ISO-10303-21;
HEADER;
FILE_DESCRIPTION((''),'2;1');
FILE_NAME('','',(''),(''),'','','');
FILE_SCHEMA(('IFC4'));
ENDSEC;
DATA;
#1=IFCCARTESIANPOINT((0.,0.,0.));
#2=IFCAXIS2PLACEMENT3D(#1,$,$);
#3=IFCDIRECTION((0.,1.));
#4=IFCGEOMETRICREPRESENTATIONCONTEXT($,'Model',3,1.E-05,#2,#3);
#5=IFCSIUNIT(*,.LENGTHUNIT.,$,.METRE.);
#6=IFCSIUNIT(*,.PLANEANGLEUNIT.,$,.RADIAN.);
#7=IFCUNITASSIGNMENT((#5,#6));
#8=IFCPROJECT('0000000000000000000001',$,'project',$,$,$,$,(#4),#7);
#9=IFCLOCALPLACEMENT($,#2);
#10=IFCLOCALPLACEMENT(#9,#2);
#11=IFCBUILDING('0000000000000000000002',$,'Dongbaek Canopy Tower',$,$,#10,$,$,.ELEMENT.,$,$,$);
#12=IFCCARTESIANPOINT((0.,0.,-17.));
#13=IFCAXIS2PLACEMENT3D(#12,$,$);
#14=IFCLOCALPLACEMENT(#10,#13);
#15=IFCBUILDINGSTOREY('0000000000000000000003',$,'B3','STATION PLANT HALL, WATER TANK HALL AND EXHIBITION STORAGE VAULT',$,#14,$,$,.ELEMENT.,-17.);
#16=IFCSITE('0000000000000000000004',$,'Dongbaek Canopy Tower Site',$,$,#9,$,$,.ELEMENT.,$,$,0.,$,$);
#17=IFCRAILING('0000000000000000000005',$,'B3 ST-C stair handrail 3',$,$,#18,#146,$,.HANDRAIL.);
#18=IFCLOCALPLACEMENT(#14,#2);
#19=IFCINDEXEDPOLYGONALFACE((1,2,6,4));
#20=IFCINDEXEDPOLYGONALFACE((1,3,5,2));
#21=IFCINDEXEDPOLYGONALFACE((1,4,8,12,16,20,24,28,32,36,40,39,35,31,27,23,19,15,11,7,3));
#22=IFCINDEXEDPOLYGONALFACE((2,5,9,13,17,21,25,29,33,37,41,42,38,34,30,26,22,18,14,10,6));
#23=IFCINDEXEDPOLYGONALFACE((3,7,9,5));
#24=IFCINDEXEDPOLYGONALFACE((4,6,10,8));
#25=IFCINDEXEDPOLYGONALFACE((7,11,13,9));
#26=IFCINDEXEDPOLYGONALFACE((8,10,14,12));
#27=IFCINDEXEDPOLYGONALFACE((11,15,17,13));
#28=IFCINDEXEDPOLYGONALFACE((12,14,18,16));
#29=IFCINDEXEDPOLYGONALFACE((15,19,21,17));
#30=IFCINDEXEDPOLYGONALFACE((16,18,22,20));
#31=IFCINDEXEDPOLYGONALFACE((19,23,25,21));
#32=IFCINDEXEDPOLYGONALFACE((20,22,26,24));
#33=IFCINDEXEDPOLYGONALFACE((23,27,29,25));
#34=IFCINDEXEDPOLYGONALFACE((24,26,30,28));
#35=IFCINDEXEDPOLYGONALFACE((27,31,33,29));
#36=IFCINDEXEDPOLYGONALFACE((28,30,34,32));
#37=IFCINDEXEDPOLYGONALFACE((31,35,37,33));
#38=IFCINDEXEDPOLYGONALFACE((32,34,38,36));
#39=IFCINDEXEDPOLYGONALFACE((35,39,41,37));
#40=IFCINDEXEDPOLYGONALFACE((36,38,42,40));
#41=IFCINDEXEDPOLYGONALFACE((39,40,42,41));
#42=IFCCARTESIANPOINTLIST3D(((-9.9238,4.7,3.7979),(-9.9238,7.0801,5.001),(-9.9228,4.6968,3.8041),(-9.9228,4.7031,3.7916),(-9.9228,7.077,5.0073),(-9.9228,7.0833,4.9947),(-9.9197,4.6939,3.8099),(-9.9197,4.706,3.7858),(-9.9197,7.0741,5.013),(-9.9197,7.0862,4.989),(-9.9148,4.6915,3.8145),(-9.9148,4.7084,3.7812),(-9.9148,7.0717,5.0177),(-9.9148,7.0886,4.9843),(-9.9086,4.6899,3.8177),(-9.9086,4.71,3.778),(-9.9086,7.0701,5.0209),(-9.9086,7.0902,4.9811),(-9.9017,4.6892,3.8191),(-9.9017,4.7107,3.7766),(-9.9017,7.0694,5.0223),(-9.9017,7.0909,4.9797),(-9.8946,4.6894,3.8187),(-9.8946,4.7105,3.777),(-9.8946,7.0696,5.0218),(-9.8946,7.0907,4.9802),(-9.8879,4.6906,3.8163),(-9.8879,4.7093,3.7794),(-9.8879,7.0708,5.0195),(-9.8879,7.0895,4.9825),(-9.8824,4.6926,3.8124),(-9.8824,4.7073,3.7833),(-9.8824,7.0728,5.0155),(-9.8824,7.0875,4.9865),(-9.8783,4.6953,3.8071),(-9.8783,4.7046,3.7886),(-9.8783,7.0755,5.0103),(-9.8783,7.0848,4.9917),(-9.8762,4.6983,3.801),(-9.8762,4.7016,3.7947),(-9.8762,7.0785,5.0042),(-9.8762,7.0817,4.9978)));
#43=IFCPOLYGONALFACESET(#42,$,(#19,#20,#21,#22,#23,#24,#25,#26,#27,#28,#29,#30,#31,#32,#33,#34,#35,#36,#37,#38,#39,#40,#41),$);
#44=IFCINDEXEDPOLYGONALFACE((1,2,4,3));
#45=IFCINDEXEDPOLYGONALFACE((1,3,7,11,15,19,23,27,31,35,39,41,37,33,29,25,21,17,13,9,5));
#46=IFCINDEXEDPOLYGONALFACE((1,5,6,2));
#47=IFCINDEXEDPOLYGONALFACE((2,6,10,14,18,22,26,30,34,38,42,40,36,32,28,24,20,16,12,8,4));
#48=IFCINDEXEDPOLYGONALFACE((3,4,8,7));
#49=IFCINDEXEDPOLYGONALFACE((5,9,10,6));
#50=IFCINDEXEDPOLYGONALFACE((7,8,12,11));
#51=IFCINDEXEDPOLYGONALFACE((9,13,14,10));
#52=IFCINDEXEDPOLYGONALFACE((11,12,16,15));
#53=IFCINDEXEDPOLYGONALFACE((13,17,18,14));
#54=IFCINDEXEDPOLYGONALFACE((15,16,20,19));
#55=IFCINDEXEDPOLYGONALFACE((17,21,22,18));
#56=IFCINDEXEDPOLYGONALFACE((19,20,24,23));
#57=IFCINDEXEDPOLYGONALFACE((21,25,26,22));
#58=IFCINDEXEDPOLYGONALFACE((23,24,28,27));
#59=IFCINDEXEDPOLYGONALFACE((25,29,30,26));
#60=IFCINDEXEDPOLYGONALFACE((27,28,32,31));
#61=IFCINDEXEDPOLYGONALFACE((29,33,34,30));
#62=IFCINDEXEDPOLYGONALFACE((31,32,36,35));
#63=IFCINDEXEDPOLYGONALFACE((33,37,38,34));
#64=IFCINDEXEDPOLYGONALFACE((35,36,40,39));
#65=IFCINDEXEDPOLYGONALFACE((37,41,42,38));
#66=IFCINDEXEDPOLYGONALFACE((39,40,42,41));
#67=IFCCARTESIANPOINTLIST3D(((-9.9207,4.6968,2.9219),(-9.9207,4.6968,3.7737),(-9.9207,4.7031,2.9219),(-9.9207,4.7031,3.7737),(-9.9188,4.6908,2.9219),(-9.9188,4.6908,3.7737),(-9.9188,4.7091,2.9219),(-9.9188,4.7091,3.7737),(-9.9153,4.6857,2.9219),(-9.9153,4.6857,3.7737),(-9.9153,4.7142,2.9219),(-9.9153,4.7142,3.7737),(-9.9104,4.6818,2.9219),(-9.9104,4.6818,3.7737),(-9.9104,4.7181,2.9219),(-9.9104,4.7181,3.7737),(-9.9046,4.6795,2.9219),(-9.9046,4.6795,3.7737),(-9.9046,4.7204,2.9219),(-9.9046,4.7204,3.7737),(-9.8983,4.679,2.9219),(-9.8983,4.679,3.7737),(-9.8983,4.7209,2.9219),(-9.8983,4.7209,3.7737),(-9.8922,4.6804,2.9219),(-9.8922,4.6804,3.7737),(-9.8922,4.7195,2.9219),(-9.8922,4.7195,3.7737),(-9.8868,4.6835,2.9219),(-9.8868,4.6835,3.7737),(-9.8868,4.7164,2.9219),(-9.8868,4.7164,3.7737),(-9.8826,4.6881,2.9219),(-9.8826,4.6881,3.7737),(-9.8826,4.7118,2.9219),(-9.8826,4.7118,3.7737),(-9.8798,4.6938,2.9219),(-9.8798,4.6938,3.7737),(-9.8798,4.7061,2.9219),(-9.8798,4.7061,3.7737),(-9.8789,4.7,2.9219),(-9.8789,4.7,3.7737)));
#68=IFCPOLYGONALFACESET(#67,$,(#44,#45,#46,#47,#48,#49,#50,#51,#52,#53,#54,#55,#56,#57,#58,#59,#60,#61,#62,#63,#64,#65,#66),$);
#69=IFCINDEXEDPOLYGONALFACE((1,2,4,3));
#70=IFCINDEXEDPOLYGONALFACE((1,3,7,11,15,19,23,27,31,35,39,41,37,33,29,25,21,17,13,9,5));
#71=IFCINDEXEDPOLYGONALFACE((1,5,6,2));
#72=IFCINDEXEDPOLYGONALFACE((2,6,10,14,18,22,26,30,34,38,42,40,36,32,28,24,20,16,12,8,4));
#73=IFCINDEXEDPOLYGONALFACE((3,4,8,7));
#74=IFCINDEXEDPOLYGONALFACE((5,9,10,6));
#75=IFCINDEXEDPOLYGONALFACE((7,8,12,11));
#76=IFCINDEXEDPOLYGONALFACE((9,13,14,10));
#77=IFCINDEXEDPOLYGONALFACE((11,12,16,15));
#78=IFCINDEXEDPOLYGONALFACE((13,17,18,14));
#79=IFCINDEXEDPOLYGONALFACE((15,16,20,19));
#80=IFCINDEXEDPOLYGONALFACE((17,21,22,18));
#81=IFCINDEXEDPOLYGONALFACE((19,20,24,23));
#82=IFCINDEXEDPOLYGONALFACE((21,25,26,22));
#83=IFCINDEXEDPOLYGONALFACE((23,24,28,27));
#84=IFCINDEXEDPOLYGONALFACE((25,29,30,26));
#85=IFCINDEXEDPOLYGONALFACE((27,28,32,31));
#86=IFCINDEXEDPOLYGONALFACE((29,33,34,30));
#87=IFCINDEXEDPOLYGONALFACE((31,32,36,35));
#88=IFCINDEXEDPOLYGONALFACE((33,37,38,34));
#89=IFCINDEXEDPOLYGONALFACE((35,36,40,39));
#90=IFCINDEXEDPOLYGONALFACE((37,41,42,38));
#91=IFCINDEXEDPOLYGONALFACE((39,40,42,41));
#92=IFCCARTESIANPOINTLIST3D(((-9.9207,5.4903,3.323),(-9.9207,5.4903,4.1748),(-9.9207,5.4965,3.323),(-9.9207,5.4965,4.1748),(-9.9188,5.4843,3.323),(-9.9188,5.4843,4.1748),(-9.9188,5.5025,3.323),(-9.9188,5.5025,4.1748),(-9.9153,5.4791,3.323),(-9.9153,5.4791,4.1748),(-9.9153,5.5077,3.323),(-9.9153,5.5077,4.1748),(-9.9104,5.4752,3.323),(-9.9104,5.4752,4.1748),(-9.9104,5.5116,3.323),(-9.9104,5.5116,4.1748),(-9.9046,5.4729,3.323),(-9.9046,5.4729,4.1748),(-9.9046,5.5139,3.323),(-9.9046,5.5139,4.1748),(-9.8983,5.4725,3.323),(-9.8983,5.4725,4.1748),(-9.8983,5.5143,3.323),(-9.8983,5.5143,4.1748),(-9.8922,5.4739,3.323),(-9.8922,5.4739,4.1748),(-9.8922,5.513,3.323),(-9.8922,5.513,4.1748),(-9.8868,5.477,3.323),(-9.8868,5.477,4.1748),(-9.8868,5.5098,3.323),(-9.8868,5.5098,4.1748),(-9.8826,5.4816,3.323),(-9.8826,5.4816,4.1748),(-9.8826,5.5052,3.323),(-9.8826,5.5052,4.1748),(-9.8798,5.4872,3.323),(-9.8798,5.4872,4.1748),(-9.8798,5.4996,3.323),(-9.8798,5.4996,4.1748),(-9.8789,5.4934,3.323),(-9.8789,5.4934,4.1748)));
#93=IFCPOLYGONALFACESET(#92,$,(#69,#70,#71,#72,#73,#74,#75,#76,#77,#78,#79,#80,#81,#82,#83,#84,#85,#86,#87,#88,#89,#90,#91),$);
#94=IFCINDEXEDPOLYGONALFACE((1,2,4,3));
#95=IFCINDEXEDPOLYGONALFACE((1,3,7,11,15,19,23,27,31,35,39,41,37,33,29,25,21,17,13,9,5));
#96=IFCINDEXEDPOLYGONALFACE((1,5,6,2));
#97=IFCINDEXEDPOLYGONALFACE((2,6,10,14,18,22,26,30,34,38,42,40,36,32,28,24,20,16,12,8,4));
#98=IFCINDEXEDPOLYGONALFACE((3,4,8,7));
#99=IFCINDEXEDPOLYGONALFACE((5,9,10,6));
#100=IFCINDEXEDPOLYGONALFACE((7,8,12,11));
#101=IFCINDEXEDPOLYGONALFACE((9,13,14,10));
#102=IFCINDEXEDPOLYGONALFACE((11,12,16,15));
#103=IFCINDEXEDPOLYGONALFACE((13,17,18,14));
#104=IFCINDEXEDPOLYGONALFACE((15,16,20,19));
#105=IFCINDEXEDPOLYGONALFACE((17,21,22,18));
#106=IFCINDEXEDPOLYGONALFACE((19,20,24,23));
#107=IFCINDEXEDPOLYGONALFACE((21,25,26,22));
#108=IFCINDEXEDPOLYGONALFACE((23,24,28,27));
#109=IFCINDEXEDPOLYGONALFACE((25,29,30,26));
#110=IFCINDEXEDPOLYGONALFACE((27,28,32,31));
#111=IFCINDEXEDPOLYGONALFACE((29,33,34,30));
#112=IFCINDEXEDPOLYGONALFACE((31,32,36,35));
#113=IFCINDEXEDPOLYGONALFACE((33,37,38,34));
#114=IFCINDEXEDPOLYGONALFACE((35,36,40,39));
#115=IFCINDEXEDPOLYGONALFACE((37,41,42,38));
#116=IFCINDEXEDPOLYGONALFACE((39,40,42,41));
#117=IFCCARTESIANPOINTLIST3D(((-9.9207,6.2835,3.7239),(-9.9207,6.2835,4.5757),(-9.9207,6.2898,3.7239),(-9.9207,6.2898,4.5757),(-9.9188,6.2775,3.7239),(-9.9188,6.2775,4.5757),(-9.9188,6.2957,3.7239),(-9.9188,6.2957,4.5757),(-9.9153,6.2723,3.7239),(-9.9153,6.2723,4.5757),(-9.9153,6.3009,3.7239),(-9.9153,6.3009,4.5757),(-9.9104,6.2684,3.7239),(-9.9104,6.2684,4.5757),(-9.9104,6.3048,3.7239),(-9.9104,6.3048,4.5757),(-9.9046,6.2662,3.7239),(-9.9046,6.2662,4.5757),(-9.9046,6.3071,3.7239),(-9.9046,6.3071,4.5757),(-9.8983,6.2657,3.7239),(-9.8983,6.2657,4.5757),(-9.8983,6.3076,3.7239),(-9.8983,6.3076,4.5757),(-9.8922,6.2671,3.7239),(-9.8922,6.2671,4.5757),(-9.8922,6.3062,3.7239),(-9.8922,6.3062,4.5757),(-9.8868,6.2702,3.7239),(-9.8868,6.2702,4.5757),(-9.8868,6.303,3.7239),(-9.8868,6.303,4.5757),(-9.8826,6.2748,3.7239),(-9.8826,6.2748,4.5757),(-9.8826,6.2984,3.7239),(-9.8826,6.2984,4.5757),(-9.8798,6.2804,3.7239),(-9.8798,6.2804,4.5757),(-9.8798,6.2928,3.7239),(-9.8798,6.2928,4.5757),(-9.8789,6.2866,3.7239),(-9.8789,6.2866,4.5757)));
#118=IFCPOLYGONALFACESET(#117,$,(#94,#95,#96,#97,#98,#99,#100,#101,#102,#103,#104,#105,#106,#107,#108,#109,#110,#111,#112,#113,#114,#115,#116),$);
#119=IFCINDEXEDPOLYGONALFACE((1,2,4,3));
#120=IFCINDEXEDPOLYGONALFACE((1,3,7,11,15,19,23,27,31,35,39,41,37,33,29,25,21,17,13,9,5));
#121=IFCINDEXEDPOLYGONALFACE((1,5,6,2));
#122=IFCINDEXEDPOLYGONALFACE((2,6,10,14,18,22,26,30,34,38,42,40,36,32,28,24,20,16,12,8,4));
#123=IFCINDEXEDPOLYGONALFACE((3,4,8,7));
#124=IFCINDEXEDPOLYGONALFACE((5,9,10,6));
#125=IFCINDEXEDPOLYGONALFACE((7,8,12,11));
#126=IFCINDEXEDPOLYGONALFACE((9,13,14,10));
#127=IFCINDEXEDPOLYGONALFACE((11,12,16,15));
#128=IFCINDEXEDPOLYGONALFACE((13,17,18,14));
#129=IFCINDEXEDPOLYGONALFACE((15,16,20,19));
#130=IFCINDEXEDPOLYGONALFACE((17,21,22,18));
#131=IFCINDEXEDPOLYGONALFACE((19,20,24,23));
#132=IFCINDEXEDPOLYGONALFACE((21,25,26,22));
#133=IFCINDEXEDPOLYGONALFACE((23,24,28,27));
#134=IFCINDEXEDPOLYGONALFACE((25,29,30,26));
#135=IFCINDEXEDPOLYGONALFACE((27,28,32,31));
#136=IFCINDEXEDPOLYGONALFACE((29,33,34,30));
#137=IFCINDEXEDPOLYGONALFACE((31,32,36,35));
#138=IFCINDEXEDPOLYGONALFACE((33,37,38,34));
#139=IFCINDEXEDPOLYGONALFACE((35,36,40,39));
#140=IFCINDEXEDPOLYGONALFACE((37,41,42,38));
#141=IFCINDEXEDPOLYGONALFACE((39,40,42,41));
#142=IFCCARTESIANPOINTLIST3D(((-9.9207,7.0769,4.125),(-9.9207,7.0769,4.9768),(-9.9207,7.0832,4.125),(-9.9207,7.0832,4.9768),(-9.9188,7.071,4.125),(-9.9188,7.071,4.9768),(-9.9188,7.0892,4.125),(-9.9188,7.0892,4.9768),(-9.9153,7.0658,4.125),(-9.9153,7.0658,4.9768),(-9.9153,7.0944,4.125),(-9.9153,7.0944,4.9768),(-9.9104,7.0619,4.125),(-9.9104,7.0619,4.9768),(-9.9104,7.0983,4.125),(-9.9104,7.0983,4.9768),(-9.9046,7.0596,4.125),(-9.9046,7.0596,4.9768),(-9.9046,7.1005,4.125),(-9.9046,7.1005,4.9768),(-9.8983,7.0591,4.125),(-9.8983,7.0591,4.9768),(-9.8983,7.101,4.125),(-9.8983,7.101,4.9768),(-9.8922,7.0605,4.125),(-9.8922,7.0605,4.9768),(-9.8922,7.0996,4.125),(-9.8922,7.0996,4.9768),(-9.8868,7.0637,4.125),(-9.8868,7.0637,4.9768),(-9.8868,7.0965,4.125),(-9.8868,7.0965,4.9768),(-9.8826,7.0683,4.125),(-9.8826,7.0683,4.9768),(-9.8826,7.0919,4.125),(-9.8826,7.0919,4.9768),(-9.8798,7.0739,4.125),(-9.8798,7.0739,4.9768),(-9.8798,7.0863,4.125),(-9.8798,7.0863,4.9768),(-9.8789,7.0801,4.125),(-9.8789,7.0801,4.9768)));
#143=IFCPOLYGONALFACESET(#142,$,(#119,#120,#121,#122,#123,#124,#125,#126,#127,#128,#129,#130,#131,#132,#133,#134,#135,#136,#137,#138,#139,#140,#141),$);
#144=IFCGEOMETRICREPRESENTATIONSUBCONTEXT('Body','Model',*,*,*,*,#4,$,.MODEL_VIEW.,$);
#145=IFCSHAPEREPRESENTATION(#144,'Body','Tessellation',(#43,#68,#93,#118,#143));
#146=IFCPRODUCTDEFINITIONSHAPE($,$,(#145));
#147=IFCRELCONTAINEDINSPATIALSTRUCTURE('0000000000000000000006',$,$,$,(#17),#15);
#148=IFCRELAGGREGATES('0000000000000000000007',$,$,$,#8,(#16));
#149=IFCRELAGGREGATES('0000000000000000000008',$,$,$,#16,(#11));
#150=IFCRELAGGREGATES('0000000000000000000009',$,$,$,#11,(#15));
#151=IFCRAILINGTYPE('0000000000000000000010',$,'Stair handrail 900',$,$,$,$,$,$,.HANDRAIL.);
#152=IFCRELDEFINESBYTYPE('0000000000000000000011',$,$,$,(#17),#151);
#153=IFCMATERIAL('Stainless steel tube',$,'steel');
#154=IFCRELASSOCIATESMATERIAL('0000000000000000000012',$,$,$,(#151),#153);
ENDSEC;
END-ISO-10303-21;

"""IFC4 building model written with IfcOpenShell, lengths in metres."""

from ifc_helpers import new_model, si_unit, direction, frame, origin, origin_2d, place, context, subcontext, project, spatial, circle, extrude, material, type_object, element, save


model = new_model("IFC4")

# Units and contexts
model_context = context("Model", 3, precision=1e-05, world=origin(), true_north=direction((0.0, 1.0)))
body_context = subcontext(model_context, "Body", "Model", "MODEL_VIEW")
ifc_project = project(units=[si_unit("LENGTHUNIT", "METRE"), si_unit("PLANEANGLEUNIT", "RADIAN")], contexts=[model_context])

# Site, building, storey
site_placement = place(None, origin())
site = spatial("IfcSite", under=ifc_project, at=site_placement, Name="Dongbaek Canopy Tower Site", CompositionType="ELEMENT", RefElevation=0.0)
building_placement = place(site_placement, origin())
building = spatial("IfcBuilding", under=site, at=building_placement, Name="Dongbaek Canopy Tower", CompositionType="ELEMENT")
storey_placement = place(building_placement, frame((0.0, 0.0, -17.0)))
storey = spatial("IfcBuildingStorey", under=building, at=storey_placement, Name="B3", Description="STATION PLANT HALL, WATER TANK HALL AND EXHIBITION STORAGE VAULT", CompositionType="ELEMENT", Elevation=-17.0)

# Railing
ifc_material_1 = material(Name="Stainless steel tube", Category="steel")
railing_type_1 = type_object("IfcRailingType", Name="Stair handrail 900", PredefinedType="HANDRAIL", material=ifc_material_1)
for number, where, name in (
    (1, (-9.8999, 4.7, 2.9219), "B3 ST-C stair handrail 3"),
):
    element("IfcRailing", number, at=place(storey_placement, frame(where)), inside=storey, type_object=railing_type_1, Name=name, PredefinedType="HANDRAIL", context=body_context, shape_type="SweptSolid", body=[
        extrude(circle(Radius=0.0239, at=origin_2d()), frame((0.0, 0.0, 0.876), z_axis=(0.0, 0.89246, 0.451127), x_axis=(-1.0, 0.0, 0.0)), (0.0, 0.0, 1.0), 2.667),
        extrude(circle(Radius=0.021, at=origin_2d()), origin(), (0.0, 0.0, 1.0), 0.8518),
        extrude(circle(Radius=0.021, at=origin_2d()), frame((0.0, 0.7935, 0.4011)), (0.0, 0.0, 1.0), 0.8518),
        extrude(circle(Radius=0.021, at=origin_2d()), frame((0.0, 1.5867, 0.802)), (0.0, 0.0, 1.0), 0.8518),
        extrude(circle(Radius=0.021, at=origin_2d()), frame((0.0, 2.3801, 1.2031)), (0.0, 0.0, 1.0), 0.8518),
    ])

save(model, "model.ifc")
